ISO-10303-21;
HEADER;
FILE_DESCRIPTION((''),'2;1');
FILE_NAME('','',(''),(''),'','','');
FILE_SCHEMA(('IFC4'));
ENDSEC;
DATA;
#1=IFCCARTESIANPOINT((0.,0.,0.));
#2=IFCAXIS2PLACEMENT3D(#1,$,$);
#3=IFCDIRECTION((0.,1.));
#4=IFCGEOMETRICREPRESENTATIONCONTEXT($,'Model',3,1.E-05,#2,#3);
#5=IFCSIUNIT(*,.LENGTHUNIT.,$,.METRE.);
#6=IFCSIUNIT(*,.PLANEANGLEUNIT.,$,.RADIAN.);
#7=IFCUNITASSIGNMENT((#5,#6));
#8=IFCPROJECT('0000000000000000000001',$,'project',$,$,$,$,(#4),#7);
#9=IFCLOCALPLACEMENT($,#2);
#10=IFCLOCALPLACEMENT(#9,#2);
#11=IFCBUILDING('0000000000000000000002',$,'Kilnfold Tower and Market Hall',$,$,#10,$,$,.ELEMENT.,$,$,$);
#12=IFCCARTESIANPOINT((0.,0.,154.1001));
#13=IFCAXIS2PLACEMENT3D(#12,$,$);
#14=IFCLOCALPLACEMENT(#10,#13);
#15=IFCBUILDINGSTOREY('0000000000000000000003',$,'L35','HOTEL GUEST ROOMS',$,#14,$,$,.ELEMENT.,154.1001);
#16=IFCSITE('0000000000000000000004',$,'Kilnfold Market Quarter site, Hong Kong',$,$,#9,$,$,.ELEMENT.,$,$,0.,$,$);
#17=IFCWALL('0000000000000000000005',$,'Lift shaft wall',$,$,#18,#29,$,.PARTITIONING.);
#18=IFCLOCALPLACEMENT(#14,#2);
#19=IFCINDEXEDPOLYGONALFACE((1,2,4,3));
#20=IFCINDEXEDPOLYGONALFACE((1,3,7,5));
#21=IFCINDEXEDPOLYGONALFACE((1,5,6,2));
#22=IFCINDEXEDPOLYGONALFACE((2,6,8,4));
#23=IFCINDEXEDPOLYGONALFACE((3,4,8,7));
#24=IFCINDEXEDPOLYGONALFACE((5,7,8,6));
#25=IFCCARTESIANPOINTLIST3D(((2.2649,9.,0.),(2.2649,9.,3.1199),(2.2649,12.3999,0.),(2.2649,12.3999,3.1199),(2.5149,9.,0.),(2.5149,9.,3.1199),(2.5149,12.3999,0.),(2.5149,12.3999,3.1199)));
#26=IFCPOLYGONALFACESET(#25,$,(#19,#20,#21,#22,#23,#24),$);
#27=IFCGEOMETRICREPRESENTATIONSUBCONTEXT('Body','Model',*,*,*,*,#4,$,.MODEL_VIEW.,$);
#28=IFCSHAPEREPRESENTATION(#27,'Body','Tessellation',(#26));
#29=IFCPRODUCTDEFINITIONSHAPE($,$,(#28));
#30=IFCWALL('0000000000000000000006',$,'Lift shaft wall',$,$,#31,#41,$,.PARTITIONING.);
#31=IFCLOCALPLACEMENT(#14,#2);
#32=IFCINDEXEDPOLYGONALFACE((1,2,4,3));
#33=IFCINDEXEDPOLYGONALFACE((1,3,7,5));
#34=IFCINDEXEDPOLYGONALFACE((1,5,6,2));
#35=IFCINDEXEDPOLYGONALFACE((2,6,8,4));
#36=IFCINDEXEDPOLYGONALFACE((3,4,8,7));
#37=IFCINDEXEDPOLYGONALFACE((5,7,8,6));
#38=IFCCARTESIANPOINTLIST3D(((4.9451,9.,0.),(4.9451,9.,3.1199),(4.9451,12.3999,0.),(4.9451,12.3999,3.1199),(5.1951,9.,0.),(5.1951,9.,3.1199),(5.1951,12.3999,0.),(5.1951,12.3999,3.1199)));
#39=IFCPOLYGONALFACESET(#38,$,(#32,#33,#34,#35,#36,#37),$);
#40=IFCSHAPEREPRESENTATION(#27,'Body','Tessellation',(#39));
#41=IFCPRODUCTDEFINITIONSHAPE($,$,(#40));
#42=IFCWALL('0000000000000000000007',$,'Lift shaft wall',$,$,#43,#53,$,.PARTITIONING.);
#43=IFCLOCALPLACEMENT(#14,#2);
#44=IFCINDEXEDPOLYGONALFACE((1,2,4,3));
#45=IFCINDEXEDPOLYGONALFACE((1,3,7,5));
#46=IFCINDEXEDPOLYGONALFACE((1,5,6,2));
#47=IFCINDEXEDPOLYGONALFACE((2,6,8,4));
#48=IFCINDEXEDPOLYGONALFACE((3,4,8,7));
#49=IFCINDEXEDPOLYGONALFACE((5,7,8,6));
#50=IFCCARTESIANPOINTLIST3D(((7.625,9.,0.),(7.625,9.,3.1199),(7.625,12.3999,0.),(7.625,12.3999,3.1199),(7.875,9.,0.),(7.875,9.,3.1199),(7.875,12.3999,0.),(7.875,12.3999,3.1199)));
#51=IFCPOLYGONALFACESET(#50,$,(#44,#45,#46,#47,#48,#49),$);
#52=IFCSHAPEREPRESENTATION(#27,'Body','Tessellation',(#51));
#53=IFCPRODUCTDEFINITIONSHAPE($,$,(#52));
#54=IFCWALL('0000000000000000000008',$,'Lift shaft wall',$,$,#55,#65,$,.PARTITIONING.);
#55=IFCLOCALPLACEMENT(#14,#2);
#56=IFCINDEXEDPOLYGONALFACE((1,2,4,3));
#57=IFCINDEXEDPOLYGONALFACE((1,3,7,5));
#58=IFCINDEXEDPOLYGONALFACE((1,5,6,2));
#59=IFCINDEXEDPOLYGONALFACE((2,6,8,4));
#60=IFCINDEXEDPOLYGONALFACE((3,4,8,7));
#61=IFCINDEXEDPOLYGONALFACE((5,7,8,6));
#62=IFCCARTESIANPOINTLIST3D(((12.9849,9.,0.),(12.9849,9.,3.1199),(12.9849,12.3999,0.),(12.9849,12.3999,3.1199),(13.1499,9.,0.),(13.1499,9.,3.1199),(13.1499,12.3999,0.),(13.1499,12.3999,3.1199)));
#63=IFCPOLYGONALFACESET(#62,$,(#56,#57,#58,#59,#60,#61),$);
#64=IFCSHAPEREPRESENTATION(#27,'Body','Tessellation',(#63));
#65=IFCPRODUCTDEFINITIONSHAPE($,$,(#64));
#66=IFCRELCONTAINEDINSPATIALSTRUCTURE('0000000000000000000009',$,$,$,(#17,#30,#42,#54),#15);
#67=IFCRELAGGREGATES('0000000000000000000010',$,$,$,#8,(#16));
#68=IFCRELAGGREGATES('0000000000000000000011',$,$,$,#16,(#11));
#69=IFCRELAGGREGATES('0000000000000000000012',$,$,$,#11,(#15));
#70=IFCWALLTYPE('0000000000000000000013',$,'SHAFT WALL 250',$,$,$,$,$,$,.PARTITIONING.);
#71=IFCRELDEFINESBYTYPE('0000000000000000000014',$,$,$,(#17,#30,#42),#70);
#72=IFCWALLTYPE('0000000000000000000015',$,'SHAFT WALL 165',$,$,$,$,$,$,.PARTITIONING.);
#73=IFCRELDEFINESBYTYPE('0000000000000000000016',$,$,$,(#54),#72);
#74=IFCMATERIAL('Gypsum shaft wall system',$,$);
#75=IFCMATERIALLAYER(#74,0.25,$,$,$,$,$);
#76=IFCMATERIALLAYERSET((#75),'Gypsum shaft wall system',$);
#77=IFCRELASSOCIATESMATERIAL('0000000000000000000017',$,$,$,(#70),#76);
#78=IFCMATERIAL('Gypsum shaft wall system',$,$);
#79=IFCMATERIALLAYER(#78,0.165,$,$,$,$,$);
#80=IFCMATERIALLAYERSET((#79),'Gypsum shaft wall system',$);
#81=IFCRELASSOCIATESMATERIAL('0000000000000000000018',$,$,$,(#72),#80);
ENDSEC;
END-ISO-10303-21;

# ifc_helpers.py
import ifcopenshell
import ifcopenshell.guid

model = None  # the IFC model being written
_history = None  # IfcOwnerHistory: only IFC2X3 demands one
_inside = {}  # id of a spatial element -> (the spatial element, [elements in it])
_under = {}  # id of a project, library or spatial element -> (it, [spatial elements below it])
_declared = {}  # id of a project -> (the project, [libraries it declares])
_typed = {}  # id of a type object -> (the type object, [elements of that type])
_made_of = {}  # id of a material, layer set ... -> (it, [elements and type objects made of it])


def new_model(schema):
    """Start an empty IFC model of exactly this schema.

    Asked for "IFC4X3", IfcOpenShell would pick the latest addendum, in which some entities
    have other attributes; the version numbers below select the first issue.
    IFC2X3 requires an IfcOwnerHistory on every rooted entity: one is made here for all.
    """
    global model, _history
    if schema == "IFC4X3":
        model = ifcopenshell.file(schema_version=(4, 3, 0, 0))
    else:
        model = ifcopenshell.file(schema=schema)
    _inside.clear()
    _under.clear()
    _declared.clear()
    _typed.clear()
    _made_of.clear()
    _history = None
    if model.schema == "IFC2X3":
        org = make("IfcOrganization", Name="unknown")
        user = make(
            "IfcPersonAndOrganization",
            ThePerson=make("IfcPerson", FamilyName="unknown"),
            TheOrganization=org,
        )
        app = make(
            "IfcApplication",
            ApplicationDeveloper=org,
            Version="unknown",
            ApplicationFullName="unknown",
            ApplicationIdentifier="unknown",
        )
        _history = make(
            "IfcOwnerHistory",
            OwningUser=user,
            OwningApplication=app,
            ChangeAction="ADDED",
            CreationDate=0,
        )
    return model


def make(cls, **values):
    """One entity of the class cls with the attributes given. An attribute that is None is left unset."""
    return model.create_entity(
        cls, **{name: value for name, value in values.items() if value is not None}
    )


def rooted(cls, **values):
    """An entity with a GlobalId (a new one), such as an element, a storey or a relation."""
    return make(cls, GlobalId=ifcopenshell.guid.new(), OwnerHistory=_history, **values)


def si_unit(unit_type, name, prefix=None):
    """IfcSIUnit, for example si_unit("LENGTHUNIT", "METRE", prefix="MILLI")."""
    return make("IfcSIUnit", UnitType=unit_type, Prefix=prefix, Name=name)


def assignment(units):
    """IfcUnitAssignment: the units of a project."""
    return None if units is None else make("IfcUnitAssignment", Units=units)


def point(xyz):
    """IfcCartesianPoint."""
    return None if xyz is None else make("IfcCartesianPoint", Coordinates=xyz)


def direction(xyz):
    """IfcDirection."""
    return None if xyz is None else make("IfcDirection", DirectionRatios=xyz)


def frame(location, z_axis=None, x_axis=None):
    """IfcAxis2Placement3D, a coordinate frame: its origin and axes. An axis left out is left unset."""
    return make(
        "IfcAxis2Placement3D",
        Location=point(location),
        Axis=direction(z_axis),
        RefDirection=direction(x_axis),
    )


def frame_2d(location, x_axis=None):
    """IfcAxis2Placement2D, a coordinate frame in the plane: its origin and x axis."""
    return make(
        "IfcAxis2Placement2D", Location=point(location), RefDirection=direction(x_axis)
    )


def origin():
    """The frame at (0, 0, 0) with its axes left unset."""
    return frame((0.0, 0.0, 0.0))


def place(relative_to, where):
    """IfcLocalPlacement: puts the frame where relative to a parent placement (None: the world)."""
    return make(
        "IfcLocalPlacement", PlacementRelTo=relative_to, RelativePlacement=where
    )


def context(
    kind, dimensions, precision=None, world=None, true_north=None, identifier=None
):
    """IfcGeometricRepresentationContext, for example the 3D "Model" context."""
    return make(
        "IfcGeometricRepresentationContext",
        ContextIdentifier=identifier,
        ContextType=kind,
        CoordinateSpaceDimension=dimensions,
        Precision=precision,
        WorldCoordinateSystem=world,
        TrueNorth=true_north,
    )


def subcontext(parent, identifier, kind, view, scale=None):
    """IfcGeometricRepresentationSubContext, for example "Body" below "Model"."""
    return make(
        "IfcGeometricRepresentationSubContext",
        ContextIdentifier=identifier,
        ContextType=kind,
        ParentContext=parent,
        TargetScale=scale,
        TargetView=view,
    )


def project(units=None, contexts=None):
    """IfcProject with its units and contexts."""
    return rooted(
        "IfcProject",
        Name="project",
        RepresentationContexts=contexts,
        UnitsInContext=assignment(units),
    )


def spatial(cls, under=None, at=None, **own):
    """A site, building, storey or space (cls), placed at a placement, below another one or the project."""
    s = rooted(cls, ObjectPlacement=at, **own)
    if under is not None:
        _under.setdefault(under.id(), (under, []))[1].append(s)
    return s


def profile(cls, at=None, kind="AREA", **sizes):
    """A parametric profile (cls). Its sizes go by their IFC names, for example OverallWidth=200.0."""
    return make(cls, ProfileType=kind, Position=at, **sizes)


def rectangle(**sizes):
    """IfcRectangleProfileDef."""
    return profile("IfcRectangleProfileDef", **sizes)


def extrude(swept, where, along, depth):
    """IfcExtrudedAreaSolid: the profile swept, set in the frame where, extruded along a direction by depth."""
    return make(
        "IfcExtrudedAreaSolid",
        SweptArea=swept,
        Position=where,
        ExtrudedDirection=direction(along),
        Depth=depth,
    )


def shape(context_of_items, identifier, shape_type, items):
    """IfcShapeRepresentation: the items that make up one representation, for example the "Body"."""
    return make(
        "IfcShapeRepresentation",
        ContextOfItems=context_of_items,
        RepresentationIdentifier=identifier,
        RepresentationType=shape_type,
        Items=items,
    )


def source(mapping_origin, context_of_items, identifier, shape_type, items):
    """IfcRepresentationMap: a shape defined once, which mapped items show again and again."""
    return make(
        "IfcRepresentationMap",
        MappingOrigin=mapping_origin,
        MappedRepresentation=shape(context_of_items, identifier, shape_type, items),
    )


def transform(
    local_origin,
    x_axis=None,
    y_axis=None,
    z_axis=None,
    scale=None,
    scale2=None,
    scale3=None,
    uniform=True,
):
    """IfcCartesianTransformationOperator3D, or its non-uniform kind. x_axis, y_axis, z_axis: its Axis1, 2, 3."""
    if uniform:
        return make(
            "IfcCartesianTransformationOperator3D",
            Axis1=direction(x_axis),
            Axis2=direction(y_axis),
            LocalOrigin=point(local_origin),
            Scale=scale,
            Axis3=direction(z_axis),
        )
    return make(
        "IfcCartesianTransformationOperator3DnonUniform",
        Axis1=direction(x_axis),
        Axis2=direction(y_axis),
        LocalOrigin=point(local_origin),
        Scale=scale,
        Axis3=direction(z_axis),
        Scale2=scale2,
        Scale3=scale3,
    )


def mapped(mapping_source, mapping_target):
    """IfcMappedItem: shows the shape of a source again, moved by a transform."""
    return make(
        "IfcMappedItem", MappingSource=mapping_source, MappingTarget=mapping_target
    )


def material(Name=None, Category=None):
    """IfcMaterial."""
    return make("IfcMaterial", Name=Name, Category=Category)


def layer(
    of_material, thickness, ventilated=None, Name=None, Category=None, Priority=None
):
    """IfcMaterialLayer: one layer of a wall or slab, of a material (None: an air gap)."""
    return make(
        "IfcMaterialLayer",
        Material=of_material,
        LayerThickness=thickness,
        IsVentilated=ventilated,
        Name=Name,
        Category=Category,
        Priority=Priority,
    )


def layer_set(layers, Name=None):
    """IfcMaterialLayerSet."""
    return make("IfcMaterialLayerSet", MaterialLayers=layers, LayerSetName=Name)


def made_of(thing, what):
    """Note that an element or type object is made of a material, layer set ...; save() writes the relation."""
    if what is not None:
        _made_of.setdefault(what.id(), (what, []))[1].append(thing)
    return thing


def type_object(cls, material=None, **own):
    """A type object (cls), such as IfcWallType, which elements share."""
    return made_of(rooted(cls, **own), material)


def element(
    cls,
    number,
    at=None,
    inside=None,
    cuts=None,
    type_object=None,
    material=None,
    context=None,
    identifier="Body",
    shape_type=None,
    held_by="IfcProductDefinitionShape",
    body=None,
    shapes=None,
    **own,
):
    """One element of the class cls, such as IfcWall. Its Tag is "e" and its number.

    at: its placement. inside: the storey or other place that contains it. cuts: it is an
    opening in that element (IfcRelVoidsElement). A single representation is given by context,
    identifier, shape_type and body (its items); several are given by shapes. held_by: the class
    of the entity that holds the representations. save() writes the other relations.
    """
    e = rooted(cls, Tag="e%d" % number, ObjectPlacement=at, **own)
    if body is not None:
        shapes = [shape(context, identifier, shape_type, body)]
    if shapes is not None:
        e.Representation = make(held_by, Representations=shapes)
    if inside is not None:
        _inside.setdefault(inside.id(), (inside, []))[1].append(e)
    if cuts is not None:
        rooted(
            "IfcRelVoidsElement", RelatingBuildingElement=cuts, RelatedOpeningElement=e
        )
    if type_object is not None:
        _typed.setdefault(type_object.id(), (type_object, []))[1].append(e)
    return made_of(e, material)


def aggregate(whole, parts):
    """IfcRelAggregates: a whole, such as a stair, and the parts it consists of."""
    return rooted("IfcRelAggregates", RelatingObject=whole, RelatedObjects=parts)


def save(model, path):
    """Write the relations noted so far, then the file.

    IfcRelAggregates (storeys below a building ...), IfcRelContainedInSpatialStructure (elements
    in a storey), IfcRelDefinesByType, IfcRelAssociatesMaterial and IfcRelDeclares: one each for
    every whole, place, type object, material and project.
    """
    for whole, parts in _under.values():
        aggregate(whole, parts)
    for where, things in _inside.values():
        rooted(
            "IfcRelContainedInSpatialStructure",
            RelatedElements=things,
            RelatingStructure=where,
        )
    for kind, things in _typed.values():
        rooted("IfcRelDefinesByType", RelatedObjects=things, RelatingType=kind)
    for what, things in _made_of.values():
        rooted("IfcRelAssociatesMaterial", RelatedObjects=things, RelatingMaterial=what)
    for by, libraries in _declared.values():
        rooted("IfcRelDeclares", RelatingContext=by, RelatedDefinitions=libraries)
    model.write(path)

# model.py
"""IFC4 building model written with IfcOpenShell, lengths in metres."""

from ifc_helpers import new_model, si_unit, direction, frame, frame_2d, origin, place, context, subcontext, project, spatial, rectangle, extrude, source, transform, mapped, material, layer, layer_set, type_object, element, save


model = new_model("IFC4")

# Units and contexts
model_context = context("Model", 3, precision=1e-05, world=origin(), true_north=direction((0.0, 1.0)))
body_context = subcontext(model_context, "Body", "Model", "MODEL_VIEW")
ifc_project = project(units=[si_unit("LENGTHUNIT", "METRE"), si_unit("PLANEANGLEUNIT", "RADIAN")], contexts=[model_context])

# Site, building, storey
site_placement = place(None, origin())
site = spatial("IfcSite", under=ifc_project, at=site_placement, Name="Kilnfold Market Quarter site, Hong Kong", CompositionType="ELEMENT", RefElevation=0.0)
building_placement = place(site_placement, origin())
building = spatial("IfcBuilding", under=site, at=building_placement, Name="Kilnfold Tower and Market Hall", CompositionType="ELEMENT")
storey_placement = place(building_placement, frame((0.0, 0.0, 154.1001)))
storey = spatial("IfcBuildingStorey", under=building, at=storey_placement, Name="L35", Description="HOTEL GUEST ROOMS", CompositionType="ELEMENT", Elevation=154.1001)

# Walls
ifc_material_1 = material(Name="Gypsum shaft wall system")
ifc_layer_1 = layer(ifc_material_1, 0.25)
ifc_layer_set_1 = layer_set([ifc_layer_1], Name="Gypsum shaft wall system")
wall_type_1 = type_object("IfcWallType", Name="SHAFT WALL 250", PredefinedType="PARTITIONING", material=ifc_layer_set_1)
shared_shape_1 = source(origin(), body_context, "Body", "SweptSolid", [
    extrude(rectangle(XDim=3.3999, YDim=0.25, at=frame_2d((1.7, 0.0))), origin(), (0.0, 0.0, 1.0), 3.1199),
])
for number, where, z_axis, x_axis, name in (
    (1, (2.3899, 9.0, 0.0), (0.0, 0.0, 1.0), (0.0, 1.0, 0.0), "Lift shaft wall"),
    (2, (5.0701, 9.0, 0.0), (0.0, 0.0, 1.0), (0.0, 1.0, 0.0), "Lift shaft wall"),
    (3, (7.75, 9.0, 0.0), (0.0, 0.0, 1.0), (0.0, 1.0, 0.0), "Lift shaft wall"),
):
    element("IfcWall", number, at=place(storey_placement, frame(where, z_axis=z_axis, x_axis=x_axis)), inside=storey, type_object=wall_type_1, Name=name, PredefinedType="PARTITIONING", context=body_context, shape_type="MappedRepresentation", body=[
        mapped(shared_shape_1, transform((0.0, 0.0, 0.0))),
    ])
ifc_material_2 = material(Name="Gypsum shaft wall system")
ifc_layer_2 = layer(ifc_material_2, 0.165)
ifc_layer_set_2 = layer_set([ifc_layer_2], Name="Gypsum shaft wall system")
wall_type_2 = type_object("IfcWallType", Name="SHAFT WALL 165", PredefinedType="PARTITIONING", material=ifc_layer_set_2)
shared_shape_2 = source(origin(), body_context, "Body", "SweptSolid", [
    extrude(rectangle(XDim=3.3999, YDim=0.165, at=frame_2d((1.7, 0.0))), origin(), (0.0, 0.0, 1.0), 3.1199),
])
wall_1_placement = place(storey_placement, frame((13.0674, 9.0, 0.0), z_axis=(0.0, 0.0, 1.0), x_axis=(0.0, 1.0, 0.0)))
element("IfcWall", 4, at=wall_1_placement, inside=storey, type_object=wall_type_2, Name="Lift shaft wall", PredefinedType="PARTITIONING", context=body_context, shape_type="MappedRepresentation", body=[
    mapped(shared_shape_2, transform((0.0, 0.0, 0.0))),
])

save(model, "model.ifc")
